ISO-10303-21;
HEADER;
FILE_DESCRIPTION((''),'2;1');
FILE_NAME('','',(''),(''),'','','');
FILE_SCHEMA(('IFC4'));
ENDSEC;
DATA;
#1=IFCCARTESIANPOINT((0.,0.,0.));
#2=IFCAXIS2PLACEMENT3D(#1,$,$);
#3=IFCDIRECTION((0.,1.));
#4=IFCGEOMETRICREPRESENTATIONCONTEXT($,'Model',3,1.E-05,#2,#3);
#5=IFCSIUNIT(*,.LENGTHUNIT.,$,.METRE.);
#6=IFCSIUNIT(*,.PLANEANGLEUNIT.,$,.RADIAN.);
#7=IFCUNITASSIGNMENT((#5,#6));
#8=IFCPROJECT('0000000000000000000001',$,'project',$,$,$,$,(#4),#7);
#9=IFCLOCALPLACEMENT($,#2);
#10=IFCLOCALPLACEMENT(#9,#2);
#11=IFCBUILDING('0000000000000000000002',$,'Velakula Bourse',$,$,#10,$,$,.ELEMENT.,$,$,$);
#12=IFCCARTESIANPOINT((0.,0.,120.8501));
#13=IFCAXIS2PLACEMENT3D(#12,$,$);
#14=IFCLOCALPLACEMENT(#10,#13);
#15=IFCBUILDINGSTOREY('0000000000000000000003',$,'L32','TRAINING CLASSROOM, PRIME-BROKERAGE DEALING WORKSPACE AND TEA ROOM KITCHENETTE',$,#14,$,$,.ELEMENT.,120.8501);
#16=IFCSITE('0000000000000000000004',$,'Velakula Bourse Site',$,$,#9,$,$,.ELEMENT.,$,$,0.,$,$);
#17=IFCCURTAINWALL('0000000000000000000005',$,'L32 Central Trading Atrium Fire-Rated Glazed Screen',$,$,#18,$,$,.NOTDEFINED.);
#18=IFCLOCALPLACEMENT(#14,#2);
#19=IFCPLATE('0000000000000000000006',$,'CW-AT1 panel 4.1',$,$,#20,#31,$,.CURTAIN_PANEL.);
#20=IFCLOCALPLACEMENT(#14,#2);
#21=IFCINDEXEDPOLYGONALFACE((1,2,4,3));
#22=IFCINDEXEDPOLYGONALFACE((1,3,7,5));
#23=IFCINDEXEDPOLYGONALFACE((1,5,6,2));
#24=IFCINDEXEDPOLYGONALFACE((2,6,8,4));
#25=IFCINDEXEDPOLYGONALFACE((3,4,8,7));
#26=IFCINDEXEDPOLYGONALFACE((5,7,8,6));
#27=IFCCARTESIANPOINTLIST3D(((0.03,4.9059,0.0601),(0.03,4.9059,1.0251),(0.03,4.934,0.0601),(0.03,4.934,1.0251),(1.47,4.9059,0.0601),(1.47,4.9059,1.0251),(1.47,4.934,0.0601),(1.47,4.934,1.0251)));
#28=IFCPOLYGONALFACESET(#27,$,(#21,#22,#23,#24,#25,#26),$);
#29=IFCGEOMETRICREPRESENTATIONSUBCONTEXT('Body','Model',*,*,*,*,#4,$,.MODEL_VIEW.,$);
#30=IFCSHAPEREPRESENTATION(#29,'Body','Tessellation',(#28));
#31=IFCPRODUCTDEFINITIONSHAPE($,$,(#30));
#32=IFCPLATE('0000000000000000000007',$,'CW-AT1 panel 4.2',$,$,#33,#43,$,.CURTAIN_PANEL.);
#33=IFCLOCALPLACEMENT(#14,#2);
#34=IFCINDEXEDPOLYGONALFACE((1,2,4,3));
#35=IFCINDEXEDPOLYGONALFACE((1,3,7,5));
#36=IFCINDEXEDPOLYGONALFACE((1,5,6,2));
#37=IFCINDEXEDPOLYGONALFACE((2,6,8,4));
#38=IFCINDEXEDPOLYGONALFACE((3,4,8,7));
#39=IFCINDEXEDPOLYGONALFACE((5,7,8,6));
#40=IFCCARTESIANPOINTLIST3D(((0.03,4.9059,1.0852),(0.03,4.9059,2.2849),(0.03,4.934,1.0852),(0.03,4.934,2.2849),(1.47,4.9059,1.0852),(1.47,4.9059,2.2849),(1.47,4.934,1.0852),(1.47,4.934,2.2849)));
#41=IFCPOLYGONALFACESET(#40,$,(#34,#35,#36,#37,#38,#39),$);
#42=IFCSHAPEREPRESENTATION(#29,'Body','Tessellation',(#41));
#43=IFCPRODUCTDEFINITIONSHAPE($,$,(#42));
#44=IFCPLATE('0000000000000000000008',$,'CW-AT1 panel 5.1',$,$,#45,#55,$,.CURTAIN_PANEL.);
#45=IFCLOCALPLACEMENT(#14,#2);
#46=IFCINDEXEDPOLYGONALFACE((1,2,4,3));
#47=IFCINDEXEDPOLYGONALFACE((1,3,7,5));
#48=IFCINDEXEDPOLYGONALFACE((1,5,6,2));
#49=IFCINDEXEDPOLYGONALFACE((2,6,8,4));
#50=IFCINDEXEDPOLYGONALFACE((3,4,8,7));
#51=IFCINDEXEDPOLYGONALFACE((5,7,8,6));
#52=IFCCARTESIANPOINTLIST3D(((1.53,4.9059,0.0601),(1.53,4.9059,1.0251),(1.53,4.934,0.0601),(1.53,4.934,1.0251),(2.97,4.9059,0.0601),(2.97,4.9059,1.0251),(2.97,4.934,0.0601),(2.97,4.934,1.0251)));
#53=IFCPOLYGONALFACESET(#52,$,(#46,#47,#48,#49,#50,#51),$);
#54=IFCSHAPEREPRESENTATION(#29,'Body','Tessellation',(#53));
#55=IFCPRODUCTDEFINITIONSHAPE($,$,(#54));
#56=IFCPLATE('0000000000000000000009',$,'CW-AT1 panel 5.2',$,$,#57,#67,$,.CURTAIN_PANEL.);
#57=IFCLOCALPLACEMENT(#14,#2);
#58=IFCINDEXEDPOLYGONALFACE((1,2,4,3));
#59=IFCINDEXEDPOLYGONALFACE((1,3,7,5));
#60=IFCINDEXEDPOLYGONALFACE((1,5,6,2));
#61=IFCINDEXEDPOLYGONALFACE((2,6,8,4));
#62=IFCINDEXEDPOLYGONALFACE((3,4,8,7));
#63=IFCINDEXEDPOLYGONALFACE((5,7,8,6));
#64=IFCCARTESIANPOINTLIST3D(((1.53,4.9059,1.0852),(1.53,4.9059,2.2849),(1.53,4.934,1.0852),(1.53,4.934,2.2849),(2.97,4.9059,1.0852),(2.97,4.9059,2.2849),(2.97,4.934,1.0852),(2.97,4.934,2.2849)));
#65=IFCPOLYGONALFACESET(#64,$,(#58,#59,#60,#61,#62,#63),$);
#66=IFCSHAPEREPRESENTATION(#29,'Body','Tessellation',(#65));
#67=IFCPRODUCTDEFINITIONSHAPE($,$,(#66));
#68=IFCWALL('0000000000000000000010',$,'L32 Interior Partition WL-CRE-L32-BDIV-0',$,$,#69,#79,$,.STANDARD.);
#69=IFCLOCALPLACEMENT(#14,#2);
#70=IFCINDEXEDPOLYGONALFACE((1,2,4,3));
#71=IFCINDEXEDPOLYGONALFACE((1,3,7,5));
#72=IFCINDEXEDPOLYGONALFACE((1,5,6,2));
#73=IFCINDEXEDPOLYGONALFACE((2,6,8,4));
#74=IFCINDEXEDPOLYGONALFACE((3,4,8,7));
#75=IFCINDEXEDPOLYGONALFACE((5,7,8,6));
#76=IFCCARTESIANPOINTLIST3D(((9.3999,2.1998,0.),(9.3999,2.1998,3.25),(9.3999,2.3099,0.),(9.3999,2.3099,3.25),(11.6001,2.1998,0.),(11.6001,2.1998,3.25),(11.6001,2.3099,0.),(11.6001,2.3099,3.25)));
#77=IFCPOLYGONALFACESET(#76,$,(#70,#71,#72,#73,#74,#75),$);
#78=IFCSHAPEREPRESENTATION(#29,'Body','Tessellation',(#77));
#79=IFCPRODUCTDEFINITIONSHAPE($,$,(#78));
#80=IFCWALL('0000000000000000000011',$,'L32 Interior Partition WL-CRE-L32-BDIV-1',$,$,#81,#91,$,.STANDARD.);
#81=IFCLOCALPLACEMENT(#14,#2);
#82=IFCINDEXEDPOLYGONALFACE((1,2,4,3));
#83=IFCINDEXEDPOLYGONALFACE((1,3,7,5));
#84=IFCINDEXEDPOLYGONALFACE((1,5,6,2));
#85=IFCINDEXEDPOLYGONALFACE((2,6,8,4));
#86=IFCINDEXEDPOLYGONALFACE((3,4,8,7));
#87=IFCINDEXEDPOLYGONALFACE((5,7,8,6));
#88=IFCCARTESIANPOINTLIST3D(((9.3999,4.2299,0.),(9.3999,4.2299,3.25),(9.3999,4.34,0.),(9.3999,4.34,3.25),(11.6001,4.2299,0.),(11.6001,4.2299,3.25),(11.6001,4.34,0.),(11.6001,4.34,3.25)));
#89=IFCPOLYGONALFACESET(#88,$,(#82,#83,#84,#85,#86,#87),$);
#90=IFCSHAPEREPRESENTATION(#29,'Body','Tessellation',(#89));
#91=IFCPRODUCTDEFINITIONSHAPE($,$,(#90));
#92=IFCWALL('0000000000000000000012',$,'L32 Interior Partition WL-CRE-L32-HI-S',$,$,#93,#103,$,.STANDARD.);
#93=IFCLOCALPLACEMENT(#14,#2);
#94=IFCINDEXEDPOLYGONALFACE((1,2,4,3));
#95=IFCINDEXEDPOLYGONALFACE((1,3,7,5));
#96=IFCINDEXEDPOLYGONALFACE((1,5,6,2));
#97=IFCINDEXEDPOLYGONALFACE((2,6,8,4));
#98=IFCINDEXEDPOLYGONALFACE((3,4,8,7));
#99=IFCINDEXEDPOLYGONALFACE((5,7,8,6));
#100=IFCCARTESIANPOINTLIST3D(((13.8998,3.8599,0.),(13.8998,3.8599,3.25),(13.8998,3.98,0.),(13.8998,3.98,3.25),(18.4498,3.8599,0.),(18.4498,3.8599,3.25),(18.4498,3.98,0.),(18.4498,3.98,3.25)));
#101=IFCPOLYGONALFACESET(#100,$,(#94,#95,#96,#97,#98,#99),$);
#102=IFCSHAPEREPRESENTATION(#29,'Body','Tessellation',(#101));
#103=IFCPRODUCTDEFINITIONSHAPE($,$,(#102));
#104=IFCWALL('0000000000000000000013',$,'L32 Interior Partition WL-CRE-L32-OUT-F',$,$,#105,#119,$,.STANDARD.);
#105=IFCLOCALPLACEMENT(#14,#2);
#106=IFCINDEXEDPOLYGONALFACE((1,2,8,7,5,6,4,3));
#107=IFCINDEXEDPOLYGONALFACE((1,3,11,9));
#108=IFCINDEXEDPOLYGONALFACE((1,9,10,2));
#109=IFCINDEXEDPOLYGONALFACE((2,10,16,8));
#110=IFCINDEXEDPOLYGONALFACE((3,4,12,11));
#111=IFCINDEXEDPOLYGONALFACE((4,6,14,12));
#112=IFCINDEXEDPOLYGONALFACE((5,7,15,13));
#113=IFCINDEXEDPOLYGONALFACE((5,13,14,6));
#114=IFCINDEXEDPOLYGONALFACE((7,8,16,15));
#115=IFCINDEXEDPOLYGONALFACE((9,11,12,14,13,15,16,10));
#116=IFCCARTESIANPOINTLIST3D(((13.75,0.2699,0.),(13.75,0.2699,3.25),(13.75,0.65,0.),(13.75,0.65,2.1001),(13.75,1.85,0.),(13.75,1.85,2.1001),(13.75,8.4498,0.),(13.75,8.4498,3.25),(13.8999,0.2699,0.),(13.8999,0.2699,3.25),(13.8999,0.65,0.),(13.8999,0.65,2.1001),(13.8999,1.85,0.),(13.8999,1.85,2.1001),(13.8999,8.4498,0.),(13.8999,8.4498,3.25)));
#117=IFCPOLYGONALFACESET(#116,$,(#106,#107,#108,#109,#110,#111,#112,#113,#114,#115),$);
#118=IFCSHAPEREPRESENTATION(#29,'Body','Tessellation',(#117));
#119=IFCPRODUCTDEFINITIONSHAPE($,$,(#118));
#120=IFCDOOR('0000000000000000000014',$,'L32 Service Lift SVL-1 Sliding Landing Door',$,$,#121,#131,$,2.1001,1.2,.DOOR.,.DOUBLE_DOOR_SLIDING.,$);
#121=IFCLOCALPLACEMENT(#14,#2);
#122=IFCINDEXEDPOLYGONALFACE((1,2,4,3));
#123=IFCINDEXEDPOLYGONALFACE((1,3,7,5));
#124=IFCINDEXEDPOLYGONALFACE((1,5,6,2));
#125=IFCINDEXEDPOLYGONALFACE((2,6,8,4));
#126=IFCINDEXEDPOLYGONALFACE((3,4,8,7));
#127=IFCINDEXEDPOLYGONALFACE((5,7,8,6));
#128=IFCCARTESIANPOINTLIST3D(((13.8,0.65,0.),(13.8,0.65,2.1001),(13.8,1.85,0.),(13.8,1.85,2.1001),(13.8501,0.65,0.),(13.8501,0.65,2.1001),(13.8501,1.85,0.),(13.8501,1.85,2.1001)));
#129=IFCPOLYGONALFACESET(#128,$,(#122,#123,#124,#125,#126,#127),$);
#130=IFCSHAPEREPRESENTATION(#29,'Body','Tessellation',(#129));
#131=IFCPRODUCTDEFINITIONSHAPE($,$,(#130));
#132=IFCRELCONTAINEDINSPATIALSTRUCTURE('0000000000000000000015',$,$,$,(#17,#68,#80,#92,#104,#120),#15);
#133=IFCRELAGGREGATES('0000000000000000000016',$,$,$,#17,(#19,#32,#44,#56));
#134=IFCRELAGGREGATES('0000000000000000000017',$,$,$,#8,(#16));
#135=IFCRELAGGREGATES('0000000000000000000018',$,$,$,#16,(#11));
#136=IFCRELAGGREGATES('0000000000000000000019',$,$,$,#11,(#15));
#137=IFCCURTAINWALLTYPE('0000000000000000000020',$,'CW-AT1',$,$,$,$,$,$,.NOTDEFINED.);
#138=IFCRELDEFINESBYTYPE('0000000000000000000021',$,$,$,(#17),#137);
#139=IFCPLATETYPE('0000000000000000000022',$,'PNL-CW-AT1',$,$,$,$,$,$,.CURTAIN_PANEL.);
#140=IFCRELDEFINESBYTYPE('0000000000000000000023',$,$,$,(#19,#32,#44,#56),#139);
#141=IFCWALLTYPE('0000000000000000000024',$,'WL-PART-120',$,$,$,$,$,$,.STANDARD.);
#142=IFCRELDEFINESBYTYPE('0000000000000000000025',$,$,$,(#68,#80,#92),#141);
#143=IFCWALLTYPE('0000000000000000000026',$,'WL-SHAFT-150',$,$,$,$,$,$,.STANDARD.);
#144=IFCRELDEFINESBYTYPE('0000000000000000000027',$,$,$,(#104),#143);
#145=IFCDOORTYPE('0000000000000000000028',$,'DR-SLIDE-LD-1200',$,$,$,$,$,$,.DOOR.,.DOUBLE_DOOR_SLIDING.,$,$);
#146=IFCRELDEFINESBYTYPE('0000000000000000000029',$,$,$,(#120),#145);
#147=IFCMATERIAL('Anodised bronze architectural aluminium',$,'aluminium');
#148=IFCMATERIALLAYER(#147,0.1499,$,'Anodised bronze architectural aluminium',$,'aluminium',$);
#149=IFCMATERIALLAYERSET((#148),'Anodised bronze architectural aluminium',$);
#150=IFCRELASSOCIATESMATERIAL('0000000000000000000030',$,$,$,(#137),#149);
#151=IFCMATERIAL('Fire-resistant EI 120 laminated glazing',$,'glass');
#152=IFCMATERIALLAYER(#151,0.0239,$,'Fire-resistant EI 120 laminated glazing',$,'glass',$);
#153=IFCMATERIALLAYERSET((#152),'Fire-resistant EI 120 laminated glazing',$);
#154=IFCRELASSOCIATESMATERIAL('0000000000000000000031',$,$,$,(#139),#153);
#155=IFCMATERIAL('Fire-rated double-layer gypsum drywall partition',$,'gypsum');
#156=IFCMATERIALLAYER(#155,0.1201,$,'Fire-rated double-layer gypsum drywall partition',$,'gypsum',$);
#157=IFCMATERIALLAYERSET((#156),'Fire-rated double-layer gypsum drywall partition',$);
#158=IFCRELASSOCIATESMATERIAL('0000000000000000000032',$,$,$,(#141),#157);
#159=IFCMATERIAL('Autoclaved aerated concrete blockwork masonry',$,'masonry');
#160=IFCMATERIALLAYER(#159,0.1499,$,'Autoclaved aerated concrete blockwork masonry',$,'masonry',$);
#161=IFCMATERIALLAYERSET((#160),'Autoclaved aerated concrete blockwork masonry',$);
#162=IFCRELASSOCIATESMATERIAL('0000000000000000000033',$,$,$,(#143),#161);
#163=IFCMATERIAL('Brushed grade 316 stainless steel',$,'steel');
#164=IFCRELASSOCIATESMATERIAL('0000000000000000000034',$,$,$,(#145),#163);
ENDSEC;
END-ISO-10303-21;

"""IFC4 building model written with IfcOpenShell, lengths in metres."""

from ifc_helpers import new_model, si_unit, direction, frame, frame_2d, origin, origin_2d, place, context, subcontext, project, spatial, rectangle, extrude, material, layer, layer_set, type_object, element, fill, aggregate, save


model = new_model("IFC4")

# Units and contexts
model_context = context("Model", 3, precision=1e-05, world=origin(), true_north=direction((0.0, 1.0)))
body_context = subcontext(model_context, "Body", "Model", "MODEL_VIEW")
ifc_project = project(units=[si_unit("LENGTHUNIT", "METRE"), si_unit("PLANEANGLEUNIT", "RADIAN")], contexts=[model_context])

# Site, building, storey
site_placement = place(None, origin())
site = spatial("IfcSite", under=ifc_project, at=site_placement, Name="Velakula Bourse Site", CompositionType="ELEMENT", RefElevation=0.0)
building_placement = place(site_placement, origin())
building = spatial("IfcBuilding", under=site, at=building_placement, Name="Velakula Bourse", CompositionType="ELEMENT")
storey_placement = place(building_placement, frame((0.0, 0.0, 120.8501)))
storey = spatial("IfcBuildingStorey", under=building, at=storey_placement, Name="L32", Description="TRAINING CLASSROOM, PRIME-BROKERAGE DEALING WORKSPACE AND TEA ROOM KITCHENETTE", CompositionType="ELEMENT", Elevation=120.8501)

# Curtain wall, plates
ifc_material_1 = material(Name="Anodised bronze architectural aluminium", Category="aluminium")
ifc_layer_1 = layer(ifc_material_1, 0.1499, Name="Anodised bronze architectural aluminium", Category="aluminium")
ifc_layer_set_1 = layer_set([ifc_layer_1], Name="Anodised bronze architectural aluminium")
curtain_wall_type = type_object("IfcCurtainWallType", Name="CW-AT1", PredefinedType="NOTDEFINED", material=ifc_layer_set_1)
curtain_wall_placement = place(storey_placement, origin())
curtain_wall = element("IfcCurtainWall", 1, at=curtain_wall_placement, inside=storey, type_object=curtain_wall_type, Name="L32 Central Trading Atrium Fire-Rated Glazed Screen", PredefinedType="NOTDEFINED")
ifc_material_2 = material(Name="Fire-resistant EI 120 laminated glazing", Category="glass")
ifc_layer_2 = layer(ifc_material_2, 0.0239, Name="Fire-resistant EI 120 laminated glazing", Category="glass")
ifc_layer_set_2 = layer_set([ifc_layer_2], Name="Fire-resistant EI 120 laminated glazing")
plate_type = type_object("IfcPlateType", Name="PNL-CW-AT1", PredefinedType="CURTAIN_PANEL", material=ifc_layer_set_2)
plate_1_placement = place(storey_placement, frame((0.75, 4.9199, 0.0601), z_axis=(0.0, 0.0, 1.0), x_axis=(1.0, 0.0, 0.0)))
plate_1 = element("IfcPlate", 2, at=plate_1_placement, type_object=plate_type, Name="CW-AT1 panel 4.1", PredefinedType="CURTAIN_PANEL", context=body_context, shape_type="SweptSolid", body=[
    extrude(rectangle(XDim=1.4399, YDim=0.0281, at=origin_2d()), origin(), (0.0, 0.0, 1.0), 0.9651),
])
plate_2_placement = place(storey_placement, frame((0.75, 4.9199, 1.0852), z_axis=(0.0, 0.0, 1.0), x_axis=(1.0, 0.0, 0.0)))
plate_2 = element("IfcPlate", 3, at=plate_2_placement, type_object=plate_type, Name="CW-AT1 panel 4.2", PredefinedType="CURTAIN_PANEL", context=body_context, shape_type="SweptSolid", body=[
    extrude(rectangle(XDim=1.4399, YDim=0.0281, at=origin_2d()), origin(), (0.0, 0.0, 1.0), 1.1997),
])
plate_3_placement = place(storey_placement, frame((2.25, 4.9199, 0.0601), z_axis=(0.0, 0.0, 1.0), x_axis=(1.0, 0.0, 0.0)))
plate_3 = element("IfcPlate", 4, at=plate_3_placement, type_object=plate_type, Name="CW-AT1 panel 5.1", PredefinedType="CURTAIN_PANEL", context=body_context, shape_type="SweptSolid", body=[
    extrude(rectangle(XDim=1.4399, YDim=0.0281, at=origin_2d()), origin(), (0.0, 0.0, 1.0), 0.9651),
])
plate_4_placement = place(storey_placement, frame((2.25, 4.9199, 1.0852), z_axis=(0.0, 0.0, 1.0), x_axis=(1.0, 0.0, 0.0)))
plate_4 = element("IfcPlate", 5, at=plate_4_placement, type_object=plate_type, Name="CW-AT1 panel 5.2", PredefinedType="CURTAIN_PANEL", context=body_context, shape_type="SweptSolid", body=[
    extrude(rectangle(XDim=1.4399, YDim=0.0281, at=origin_2d()), origin(), (0.0, 0.0, 1.0), 1.1997),
])
aggregate(curtain_wall, [plate_1, plate_2, plate_3, plate_4])

# Walls
ifc_material_3 = material(Name="Fire-rated double-layer gypsum drywall partition", Category="gypsum")
ifc_layer_3 = layer(ifc_material_3, 0.1201, Name="Fire-rated double-layer gypsum drywall partition", Category="gypsum")
ifc_layer_set_3 = layer_set([ifc_layer_3], Name="Fire-rated double-layer gypsum drywall partition")
wall_type_1 = type_object("IfcWallType", Name="WL-PART-120", PredefinedType="STANDARD", material=ifc_layer_set_3)
for number, where, z_axis, x_axis, name in (
    (6, (9.3999, 2.2549, 0.0), (0.0, 0.0, 1.0), (1.0, 0.0, 0.0), "L32 Interior Partition WL-CRE-L32-BDIV-0"),
    (7, (9.3999, 4.2849, 0.0), (0.0, 0.0, 1.0), (1.0, 0.0, 0.0), "L32 Interior Partition WL-CRE-L32-BDIV-1"),
):
    element("IfcWall", number, at=place(storey_placement, frame(where, z_axis=z_axis, x_axis=x_axis)), inside=storey, type_object=wall_type_1, Name=name, PredefinedType="STANDARD", context=body_context, shape_type="SweptSolid", body=[
        extrude(rectangle(XDim=2.2002, YDim=0.1101, at=frame_2d((1.1001, 0.0))), origin(), (0.0, 0.0, 1.0), 3.25),
    ])
wall_1_placement = place(storey_placement, frame((13.8999, 3.9199, 0.0), z_axis=(0.0, 0.0, 1.0), x_axis=(1.0, 0.0, 0.0)))
element("IfcWall", 8, at=wall_1_placement, inside=storey, type_object=wall_type_1, Name="L32 Interior Partition WL-CRE-L32-HI-S", PredefinedType="STANDARD", context=body_context, shape_type="SweptSolid", body=[
    extrude(rectangle(XDim=4.55, YDim=0.1201, at=frame_2d((2.2749, 0.0))), origin(), (0.0, 0.0, 1.0), 3.25),
])

# Wall, opening, door
ifc_material_4 = material(Name="Autoclaved aerated concrete blockwork masonry", Category="masonry")
ifc_layer_4 = layer(ifc_material_4, 0.1499, Name="Autoclaved aerated concrete blockwork masonry", Category="masonry")
ifc_layer_set_4 = layer_set([ifc_layer_4], Name="Autoclaved aerated concrete blockwork masonry")
wall_type_2 = type_object("IfcWallType", Name="WL-SHAFT-150", PredefinedType="STANDARD", material=ifc_layer_set_4)
wall_2_placement = place(storey_placement, frame((13.825, 0.27, 0.0), z_axis=(0.0, 0.0, 1.0), x_axis=(0.0, 1.0, 0.0)))
wall_2 = element("IfcWall", 9, at=wall_2_placement, inside=storey, type_object=wall_type_2, Name="L32 Interior Partition WL-CRE-L32-OUT-F", PredefinedType="STANDARD", context=body_context, shape_type="SweptSolid", body=[
    extrude(rectangle(XDim=8.1799, YDim=0.1499, at=frame_2d((4.0898, 0.0))), origin(), (0.0, 0.0, 1.0), 3.25),
])
opening_placement = place(wall_2_placement, frame((0.3799, 0.0, 0.0)))
opening = element("IfcOpeningElement", 10, at=opening_placement, cuts=wall_2, PredefinedType="OPENING", context=body_context, shape_type="SweptSolid", body=[
    extrude(rectangle(XDim=1.2, YDim=2.1001, at=frame_2d((0.6001, 1.05))), frame((0.0, 0.085, 0.0), z_axis=(0.0, -1.0, 0.0), x_axis=(1.0, 0.0, 0.0)), (0.0, 0.0, 1.0), 0.1699),
])
ifc_material_5 = material(Name="Brushed grade 316 stainless steel", Category="steel")
door_type = type_object("IfcDoorType", Name="DR-SLIDE-LD-1200", OperationType="DOUBLE_DOOR_SLIDING", PredefinedType="DOOR", material=ifc_material_5)
door_placement = place(opening_placement, origin())
door = element("IfcDoor", 11, at=door_placement, inside=storey, type_object=door_type, Name="L32 Service Lift SVL-1 Sliding Landing Door", OperationType="DOUBLE_DOOR_SLIDING", OverallHeight=2.1001, OverallWidth=1.2, PredefinedType="DOOR", context=body_context, shape_type="SweptSolid", body=[
    extrude(rectangle(XDim=1.2, YDim=2.1001, at=frame_2d((0.6001, 1.05))), frame((0.0, 0.0249, 0.0), z_axis=(0.0, -1.0, 0.0), x_axis=(1.0, 0.0, 0.0)), (0.0, 0.0, 1.0), 0.05),
])
fill(opening, door)

save(model, "model.ifc")
